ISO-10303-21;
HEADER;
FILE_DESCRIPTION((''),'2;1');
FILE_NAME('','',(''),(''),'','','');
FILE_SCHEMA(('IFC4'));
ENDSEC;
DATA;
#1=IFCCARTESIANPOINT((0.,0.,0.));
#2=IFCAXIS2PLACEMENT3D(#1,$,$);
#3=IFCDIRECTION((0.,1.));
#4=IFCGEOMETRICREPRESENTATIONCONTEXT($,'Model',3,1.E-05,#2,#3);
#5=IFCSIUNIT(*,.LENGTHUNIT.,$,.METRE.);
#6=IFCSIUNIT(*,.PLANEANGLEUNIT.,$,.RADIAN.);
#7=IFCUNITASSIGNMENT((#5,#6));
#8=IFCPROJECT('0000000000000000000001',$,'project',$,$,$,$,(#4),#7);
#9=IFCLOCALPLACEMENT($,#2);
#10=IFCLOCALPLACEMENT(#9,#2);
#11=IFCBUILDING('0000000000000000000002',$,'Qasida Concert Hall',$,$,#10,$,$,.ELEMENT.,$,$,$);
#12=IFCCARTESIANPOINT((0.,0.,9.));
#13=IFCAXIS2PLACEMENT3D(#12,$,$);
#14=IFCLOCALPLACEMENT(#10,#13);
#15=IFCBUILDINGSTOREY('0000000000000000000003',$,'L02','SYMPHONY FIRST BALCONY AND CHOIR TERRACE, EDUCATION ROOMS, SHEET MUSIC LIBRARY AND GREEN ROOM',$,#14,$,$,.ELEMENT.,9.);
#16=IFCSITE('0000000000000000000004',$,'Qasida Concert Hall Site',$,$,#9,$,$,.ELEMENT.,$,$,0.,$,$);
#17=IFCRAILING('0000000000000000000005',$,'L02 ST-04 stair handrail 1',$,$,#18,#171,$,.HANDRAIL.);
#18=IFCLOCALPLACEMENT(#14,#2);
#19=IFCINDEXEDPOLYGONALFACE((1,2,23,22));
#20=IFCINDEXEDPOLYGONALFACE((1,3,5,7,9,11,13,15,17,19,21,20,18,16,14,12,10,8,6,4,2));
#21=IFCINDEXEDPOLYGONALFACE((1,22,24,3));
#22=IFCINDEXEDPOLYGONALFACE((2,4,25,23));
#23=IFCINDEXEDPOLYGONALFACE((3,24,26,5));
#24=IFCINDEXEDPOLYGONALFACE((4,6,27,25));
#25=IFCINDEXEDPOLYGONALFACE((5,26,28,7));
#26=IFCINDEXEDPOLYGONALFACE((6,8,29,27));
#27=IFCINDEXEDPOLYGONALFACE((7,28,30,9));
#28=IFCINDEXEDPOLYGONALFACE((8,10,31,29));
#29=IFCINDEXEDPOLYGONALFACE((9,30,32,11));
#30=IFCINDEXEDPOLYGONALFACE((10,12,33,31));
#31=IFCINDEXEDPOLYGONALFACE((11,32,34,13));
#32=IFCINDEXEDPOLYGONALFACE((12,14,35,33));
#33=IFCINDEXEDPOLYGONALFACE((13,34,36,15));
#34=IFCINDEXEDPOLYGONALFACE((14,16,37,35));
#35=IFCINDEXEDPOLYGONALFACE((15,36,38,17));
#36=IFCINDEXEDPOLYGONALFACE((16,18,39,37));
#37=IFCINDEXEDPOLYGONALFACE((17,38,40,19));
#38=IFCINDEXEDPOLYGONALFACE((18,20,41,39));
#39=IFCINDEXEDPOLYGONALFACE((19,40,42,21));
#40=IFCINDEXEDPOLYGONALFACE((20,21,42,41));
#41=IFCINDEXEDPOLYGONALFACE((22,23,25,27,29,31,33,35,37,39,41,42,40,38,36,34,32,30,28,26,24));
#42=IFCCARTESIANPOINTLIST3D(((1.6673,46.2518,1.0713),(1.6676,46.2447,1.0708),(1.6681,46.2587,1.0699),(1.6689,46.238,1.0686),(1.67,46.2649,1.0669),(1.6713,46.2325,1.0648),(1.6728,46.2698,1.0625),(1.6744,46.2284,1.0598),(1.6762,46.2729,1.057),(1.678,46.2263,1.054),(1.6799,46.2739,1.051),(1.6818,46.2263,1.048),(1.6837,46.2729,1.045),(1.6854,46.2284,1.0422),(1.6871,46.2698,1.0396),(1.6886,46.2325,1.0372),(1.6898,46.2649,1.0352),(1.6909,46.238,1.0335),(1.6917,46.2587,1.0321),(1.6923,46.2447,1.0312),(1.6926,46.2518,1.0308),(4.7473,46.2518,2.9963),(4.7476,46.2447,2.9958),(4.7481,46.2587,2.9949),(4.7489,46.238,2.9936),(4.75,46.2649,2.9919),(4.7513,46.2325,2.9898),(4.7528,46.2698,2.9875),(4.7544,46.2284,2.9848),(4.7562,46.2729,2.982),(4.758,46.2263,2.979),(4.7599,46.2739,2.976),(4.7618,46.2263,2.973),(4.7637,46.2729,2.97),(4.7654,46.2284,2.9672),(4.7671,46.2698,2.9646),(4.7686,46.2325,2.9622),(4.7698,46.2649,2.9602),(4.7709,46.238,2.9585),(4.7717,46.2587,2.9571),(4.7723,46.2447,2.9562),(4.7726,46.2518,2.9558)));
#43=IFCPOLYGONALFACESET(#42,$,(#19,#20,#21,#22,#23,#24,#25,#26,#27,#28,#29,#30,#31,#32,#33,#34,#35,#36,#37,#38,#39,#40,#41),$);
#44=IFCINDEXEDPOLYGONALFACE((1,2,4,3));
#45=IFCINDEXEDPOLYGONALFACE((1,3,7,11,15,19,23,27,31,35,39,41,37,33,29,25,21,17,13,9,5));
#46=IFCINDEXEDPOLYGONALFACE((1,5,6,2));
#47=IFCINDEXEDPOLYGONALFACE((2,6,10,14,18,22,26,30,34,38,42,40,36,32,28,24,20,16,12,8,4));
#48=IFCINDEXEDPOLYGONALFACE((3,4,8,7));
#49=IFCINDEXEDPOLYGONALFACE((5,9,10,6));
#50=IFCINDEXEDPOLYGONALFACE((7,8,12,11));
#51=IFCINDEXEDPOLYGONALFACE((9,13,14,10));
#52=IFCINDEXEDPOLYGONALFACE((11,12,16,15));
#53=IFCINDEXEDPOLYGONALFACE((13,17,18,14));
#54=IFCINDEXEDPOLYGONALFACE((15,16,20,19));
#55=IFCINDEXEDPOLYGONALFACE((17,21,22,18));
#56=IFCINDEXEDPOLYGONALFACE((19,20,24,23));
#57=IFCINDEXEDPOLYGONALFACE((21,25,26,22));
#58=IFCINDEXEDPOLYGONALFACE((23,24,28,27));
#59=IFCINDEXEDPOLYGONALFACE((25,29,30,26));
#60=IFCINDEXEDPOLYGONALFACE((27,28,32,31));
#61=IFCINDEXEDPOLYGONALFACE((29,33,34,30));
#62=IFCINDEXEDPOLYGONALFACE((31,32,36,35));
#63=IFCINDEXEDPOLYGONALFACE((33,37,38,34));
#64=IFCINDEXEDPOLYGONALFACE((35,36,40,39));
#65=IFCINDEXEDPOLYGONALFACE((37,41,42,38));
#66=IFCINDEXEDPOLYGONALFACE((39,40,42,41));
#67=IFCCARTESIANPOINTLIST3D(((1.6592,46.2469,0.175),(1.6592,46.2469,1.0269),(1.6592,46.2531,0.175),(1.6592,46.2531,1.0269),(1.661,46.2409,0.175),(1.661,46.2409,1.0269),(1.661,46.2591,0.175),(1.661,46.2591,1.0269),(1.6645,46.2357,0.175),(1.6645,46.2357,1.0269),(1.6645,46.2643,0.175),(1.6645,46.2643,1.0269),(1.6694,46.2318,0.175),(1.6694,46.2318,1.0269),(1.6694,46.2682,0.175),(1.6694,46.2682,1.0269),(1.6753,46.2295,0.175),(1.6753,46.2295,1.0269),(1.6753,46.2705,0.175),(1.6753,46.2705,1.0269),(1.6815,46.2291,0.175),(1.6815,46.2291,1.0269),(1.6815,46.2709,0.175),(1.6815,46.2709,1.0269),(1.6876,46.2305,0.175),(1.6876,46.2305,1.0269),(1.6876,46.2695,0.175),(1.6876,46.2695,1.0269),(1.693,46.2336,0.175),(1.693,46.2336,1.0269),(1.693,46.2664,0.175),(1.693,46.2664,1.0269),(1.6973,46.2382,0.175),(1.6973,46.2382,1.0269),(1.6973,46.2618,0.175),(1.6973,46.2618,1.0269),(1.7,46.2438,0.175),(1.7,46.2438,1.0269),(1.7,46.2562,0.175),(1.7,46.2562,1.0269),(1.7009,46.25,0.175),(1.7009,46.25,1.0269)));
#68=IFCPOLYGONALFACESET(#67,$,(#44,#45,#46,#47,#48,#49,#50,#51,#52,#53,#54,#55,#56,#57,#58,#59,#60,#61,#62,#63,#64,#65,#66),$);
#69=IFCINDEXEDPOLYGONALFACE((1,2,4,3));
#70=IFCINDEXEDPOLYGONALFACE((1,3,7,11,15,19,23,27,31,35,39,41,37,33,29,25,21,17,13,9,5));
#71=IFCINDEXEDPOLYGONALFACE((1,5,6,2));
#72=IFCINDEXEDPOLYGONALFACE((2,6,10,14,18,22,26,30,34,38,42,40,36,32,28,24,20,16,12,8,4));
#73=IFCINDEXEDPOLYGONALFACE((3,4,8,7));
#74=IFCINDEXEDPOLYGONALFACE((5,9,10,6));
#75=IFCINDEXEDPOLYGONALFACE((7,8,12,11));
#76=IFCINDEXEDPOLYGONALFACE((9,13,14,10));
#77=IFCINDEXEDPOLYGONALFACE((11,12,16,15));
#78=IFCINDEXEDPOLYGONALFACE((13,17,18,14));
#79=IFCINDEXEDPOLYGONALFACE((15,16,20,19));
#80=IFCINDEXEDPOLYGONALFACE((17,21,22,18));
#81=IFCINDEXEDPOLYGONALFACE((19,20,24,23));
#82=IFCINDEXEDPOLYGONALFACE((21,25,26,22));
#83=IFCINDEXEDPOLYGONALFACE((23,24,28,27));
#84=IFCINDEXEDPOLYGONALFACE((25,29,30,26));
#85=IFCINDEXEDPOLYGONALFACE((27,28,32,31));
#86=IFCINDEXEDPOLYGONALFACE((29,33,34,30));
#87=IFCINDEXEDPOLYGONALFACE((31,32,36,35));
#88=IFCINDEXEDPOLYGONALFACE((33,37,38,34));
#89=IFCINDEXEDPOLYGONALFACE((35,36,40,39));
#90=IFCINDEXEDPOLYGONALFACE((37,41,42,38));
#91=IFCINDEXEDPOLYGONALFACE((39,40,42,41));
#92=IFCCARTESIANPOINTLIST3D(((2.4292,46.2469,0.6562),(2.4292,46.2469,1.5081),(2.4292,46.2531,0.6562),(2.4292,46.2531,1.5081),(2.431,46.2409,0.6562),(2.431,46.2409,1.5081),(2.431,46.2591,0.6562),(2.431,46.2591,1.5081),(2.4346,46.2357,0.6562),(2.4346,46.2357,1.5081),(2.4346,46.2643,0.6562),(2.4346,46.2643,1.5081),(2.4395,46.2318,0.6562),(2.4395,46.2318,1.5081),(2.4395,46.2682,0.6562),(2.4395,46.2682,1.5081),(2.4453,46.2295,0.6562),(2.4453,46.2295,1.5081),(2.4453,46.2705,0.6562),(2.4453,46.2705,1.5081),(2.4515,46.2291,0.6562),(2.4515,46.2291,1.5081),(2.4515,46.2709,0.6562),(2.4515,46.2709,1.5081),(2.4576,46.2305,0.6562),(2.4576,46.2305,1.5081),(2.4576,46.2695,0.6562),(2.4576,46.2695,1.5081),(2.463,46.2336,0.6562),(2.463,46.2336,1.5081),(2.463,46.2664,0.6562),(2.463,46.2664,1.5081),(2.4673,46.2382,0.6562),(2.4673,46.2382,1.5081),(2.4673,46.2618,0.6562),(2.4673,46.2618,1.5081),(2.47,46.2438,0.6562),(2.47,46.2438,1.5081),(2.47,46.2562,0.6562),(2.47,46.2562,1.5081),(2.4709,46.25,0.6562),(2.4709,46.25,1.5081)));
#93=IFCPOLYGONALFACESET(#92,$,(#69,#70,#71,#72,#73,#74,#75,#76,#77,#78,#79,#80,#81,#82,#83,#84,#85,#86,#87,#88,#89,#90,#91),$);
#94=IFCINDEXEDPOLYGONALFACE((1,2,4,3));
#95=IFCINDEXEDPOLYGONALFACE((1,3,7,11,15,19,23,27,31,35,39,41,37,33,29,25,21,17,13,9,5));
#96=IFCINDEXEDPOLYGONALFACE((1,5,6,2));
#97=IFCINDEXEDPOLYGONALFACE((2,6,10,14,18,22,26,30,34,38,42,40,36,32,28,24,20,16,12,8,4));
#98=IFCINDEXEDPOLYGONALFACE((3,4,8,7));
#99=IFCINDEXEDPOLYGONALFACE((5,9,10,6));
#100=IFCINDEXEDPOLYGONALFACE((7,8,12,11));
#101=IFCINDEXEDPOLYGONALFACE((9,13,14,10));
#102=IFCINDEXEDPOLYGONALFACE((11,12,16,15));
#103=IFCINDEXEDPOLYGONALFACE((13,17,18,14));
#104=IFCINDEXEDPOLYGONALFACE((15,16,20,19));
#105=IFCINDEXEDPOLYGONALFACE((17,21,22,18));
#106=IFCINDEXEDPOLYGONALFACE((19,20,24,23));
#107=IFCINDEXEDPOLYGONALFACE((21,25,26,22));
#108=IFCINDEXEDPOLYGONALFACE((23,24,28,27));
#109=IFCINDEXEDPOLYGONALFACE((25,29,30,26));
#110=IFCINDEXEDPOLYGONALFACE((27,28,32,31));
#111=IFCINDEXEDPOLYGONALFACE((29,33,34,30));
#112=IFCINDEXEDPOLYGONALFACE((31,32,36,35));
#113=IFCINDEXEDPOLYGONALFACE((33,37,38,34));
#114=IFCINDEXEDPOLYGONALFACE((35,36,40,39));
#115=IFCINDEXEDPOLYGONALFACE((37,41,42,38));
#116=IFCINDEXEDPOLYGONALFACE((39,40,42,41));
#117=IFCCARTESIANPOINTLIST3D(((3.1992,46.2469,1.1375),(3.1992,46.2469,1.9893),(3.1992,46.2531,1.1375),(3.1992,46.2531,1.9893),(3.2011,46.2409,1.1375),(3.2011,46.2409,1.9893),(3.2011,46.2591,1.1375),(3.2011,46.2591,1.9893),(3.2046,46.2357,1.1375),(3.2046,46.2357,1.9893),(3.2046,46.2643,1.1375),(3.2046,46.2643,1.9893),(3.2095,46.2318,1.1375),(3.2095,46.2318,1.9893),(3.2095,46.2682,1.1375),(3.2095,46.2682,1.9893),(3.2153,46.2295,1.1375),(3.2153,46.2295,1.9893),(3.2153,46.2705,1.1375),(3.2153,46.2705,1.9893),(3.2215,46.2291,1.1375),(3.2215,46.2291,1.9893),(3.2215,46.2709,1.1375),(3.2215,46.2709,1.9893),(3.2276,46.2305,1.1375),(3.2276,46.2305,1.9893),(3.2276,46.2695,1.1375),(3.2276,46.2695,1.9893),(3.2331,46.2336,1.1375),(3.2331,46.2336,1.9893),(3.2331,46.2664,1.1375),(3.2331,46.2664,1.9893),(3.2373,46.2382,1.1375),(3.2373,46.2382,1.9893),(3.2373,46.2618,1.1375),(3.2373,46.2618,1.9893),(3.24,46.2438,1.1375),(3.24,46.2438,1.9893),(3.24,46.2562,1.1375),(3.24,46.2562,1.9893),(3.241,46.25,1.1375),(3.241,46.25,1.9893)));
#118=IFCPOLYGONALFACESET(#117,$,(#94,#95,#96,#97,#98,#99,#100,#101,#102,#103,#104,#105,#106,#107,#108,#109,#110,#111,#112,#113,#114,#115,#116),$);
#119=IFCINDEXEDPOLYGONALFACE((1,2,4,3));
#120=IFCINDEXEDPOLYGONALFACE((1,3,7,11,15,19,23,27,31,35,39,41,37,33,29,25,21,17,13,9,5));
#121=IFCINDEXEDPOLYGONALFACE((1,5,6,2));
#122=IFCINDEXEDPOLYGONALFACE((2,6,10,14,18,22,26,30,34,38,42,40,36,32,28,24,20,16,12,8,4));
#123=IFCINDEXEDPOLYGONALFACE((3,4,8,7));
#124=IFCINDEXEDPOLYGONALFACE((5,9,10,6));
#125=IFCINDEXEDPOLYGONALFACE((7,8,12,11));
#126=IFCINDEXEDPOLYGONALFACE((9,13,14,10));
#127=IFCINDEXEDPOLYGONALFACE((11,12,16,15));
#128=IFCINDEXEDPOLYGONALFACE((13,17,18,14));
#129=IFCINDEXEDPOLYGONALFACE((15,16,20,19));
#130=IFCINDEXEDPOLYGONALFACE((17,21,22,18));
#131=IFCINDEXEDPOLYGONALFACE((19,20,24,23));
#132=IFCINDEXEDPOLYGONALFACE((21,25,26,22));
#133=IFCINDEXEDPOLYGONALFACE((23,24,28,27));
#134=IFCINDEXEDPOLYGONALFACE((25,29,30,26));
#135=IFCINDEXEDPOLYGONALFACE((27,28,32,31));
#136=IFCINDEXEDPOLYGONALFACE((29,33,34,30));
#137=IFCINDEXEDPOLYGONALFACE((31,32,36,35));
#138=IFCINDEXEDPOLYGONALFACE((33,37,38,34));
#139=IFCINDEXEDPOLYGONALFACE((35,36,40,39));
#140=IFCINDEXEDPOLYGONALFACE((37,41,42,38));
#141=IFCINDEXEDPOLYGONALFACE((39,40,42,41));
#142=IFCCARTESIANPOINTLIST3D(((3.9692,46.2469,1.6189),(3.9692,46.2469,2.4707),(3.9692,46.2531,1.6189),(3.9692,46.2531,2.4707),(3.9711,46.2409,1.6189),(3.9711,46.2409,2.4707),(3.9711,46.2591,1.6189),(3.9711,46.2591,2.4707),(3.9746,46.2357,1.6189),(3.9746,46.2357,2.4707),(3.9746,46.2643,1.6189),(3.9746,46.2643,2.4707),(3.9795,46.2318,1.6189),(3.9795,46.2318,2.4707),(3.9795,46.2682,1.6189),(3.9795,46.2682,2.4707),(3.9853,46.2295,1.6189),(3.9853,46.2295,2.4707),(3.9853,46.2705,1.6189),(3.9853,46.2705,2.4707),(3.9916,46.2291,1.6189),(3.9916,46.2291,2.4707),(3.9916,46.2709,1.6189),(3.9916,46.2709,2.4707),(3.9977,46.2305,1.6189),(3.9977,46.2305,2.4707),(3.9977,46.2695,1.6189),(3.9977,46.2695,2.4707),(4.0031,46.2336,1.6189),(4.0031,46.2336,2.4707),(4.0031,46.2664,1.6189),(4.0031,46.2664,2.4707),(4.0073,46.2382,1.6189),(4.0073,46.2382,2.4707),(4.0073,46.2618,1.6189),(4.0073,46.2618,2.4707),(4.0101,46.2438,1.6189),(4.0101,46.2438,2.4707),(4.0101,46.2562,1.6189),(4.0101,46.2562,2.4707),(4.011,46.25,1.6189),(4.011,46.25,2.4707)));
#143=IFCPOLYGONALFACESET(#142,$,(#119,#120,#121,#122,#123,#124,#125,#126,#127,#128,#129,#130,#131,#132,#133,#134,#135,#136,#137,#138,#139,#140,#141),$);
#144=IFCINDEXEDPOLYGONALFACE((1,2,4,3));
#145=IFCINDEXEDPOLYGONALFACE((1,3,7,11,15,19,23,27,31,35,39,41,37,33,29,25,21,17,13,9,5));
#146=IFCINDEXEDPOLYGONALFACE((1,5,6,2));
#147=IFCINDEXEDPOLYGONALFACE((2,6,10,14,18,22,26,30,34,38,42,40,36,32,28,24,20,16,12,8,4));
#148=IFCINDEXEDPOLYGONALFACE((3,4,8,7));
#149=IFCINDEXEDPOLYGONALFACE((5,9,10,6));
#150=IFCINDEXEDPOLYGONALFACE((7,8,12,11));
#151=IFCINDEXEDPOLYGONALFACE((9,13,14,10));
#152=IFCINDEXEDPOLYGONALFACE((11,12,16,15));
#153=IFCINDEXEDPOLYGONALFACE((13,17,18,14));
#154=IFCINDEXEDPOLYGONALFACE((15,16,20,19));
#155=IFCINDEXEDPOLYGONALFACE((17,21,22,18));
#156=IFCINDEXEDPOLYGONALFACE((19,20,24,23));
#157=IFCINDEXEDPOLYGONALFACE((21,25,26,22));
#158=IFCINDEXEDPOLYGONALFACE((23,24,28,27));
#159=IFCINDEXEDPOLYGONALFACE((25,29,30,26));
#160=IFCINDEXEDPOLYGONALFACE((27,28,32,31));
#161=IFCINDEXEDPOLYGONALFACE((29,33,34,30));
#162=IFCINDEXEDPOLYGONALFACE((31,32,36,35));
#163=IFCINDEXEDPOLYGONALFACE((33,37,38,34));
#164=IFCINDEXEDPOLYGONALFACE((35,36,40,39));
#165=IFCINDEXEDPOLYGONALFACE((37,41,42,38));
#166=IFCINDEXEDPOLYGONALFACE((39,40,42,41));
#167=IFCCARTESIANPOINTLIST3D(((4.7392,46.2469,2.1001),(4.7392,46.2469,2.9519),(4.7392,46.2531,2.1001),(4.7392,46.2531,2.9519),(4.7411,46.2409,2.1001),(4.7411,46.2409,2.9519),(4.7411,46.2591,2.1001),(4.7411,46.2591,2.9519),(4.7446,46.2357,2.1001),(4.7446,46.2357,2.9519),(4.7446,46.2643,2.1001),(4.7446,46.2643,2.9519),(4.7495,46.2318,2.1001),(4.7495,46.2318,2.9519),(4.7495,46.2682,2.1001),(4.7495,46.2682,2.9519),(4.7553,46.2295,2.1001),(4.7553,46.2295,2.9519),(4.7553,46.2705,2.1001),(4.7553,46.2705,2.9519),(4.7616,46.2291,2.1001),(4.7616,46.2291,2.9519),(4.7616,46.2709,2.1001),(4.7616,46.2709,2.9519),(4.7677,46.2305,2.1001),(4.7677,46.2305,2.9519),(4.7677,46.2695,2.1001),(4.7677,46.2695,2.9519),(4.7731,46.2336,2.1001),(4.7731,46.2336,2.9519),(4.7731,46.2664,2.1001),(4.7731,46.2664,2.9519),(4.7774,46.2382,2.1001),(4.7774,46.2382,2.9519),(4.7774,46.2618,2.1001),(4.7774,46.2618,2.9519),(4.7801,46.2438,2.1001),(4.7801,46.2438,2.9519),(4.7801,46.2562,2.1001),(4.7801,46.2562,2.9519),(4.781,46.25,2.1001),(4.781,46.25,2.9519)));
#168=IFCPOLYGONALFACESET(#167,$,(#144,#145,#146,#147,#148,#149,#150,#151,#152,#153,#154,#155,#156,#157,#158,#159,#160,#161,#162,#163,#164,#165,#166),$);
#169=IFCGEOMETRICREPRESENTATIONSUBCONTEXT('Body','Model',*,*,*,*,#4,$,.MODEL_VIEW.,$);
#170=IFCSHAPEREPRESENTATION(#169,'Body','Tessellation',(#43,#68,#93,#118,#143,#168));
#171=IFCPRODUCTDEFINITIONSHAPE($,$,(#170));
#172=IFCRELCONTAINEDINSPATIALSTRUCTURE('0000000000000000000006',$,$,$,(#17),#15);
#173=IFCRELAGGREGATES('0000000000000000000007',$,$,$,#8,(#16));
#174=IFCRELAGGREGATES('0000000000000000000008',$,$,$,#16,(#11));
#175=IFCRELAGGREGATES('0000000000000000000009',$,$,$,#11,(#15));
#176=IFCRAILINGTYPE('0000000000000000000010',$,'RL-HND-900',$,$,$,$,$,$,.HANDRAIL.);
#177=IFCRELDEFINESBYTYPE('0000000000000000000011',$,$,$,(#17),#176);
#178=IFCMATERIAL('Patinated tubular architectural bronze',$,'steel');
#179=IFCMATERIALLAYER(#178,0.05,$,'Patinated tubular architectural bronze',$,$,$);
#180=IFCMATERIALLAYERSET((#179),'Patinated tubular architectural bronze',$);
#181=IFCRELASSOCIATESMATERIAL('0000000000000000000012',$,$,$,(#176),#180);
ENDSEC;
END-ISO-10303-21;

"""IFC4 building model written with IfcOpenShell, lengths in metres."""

from ifc_helpers import new_model, si_unit, direction, frame, origin, origin_2d, place, context, subcontext, project, spatial, circle, extrude, material, layer, layer_set, type_object, element, save


model = new_model("IFC4")

# Units and contexts
model_context = context("Model", 3, precision=1e-05, world=origin(), true_north=direction((0.0, 1.0)))
body_context = subcontext(model_context, "Body", "Model", "MODEL_VIEW")
ifc_project = project(units=[si_unit("LENGTHUNIT", "METRE"), si_unit("PLANEANGLEUNIT", "RADIAN")], contexts=[model_context])

# Site, building, storey
site_placement = place(None, origin())
site = spatial("IfcSite", under=ifc_project, at=site_placement, Name="Qasida Concert Hall Site", CompositionType="ELEMENT", RefElevation=0.0)
building_placement = place(site_placement, origin())
building = spatial("IfcBuilding", under=site, at=building_placement, Name="Qasida Concert Hall", CompositionType="ELEMENT")
storey_placement = place(building_placement, frame((0.0, 0.0, 9.0)))
storey = spatial("IfcBuildingStorey", under=building, at=storey_placement, Name="L02", Description="SYMPHONY FIRST BALCONY AND CHOIR TERRACE, EDUCATION ROOMS, SHEET MUSIC LIBRARY AND GREEN ROOM", CompositionType="ELEMENT", Elevation=9.0)

# Railing
ifc_material_1 = material(Name="Patinated tubular architectural bronze", Category="steel")
ifc_layer_1 = layer(ifc_material_1, 0.05, Name="Patinated tubular architectural bronze")
ifc_layer_set_1 = layer_set([ifc_layer_1], Name="Patinated tubular architectural bronze")
railing_type_1 = type_object("IfcRailingType", Name="RL-HND-900", PredefinedType="HANDRAIL", material=ifc_layer_set_1)
railing_1_placement = place(storey_placement, frame((1.6799, 46.25, 0.175)))
element("IfcRailing", 1, at=railing_1_placement, inside=storey, type_object=railing_type_1, Name="L02 ST-04 stair handrail 1", PredefinedType="HANDRAIL", context=body_context, shape_type="SweptSolid", body=[
    extrude(circle(Radius=0.0239, at=origin_2d()), frame((0.0, 0.0, 0.876), z_axis=(0.847998, 0.0, 0.529999), x_axis=(0.0, 1.0, 0.0)), (0.0, 0.0, 1.0), 3.6321),
    extrude(circle(Radius=0.021, at=origin_2d()), origin(), (0.0, 0.0, 1.0), 0.8518),
    extrude(circle(Radius=0.021, at=origin_2d()), frame((0.77, 0.0, 0.4812)), (0.0, 0.0, 1.0), 0.8518),
    extrude(circle(Radius=0.021, at=origin_2d()), frame((1.54, 0.0, 0.9624)), (0.0, 0.0, 1.0), 0.8518),
    extrude(circle(Radius=0.021, at=origin_2d()), frame((2.3101, 0.0, 1.4438)), (0.0, 0.0, 1.0), 0.8518),
    extrude(circle(Radius=0.021, at=origin_2d()), frame((3.0801, 0.0, 1.925)), (0.0, 0.0, 1.0), 0.8518),
])

save(model, "model.ifc")
